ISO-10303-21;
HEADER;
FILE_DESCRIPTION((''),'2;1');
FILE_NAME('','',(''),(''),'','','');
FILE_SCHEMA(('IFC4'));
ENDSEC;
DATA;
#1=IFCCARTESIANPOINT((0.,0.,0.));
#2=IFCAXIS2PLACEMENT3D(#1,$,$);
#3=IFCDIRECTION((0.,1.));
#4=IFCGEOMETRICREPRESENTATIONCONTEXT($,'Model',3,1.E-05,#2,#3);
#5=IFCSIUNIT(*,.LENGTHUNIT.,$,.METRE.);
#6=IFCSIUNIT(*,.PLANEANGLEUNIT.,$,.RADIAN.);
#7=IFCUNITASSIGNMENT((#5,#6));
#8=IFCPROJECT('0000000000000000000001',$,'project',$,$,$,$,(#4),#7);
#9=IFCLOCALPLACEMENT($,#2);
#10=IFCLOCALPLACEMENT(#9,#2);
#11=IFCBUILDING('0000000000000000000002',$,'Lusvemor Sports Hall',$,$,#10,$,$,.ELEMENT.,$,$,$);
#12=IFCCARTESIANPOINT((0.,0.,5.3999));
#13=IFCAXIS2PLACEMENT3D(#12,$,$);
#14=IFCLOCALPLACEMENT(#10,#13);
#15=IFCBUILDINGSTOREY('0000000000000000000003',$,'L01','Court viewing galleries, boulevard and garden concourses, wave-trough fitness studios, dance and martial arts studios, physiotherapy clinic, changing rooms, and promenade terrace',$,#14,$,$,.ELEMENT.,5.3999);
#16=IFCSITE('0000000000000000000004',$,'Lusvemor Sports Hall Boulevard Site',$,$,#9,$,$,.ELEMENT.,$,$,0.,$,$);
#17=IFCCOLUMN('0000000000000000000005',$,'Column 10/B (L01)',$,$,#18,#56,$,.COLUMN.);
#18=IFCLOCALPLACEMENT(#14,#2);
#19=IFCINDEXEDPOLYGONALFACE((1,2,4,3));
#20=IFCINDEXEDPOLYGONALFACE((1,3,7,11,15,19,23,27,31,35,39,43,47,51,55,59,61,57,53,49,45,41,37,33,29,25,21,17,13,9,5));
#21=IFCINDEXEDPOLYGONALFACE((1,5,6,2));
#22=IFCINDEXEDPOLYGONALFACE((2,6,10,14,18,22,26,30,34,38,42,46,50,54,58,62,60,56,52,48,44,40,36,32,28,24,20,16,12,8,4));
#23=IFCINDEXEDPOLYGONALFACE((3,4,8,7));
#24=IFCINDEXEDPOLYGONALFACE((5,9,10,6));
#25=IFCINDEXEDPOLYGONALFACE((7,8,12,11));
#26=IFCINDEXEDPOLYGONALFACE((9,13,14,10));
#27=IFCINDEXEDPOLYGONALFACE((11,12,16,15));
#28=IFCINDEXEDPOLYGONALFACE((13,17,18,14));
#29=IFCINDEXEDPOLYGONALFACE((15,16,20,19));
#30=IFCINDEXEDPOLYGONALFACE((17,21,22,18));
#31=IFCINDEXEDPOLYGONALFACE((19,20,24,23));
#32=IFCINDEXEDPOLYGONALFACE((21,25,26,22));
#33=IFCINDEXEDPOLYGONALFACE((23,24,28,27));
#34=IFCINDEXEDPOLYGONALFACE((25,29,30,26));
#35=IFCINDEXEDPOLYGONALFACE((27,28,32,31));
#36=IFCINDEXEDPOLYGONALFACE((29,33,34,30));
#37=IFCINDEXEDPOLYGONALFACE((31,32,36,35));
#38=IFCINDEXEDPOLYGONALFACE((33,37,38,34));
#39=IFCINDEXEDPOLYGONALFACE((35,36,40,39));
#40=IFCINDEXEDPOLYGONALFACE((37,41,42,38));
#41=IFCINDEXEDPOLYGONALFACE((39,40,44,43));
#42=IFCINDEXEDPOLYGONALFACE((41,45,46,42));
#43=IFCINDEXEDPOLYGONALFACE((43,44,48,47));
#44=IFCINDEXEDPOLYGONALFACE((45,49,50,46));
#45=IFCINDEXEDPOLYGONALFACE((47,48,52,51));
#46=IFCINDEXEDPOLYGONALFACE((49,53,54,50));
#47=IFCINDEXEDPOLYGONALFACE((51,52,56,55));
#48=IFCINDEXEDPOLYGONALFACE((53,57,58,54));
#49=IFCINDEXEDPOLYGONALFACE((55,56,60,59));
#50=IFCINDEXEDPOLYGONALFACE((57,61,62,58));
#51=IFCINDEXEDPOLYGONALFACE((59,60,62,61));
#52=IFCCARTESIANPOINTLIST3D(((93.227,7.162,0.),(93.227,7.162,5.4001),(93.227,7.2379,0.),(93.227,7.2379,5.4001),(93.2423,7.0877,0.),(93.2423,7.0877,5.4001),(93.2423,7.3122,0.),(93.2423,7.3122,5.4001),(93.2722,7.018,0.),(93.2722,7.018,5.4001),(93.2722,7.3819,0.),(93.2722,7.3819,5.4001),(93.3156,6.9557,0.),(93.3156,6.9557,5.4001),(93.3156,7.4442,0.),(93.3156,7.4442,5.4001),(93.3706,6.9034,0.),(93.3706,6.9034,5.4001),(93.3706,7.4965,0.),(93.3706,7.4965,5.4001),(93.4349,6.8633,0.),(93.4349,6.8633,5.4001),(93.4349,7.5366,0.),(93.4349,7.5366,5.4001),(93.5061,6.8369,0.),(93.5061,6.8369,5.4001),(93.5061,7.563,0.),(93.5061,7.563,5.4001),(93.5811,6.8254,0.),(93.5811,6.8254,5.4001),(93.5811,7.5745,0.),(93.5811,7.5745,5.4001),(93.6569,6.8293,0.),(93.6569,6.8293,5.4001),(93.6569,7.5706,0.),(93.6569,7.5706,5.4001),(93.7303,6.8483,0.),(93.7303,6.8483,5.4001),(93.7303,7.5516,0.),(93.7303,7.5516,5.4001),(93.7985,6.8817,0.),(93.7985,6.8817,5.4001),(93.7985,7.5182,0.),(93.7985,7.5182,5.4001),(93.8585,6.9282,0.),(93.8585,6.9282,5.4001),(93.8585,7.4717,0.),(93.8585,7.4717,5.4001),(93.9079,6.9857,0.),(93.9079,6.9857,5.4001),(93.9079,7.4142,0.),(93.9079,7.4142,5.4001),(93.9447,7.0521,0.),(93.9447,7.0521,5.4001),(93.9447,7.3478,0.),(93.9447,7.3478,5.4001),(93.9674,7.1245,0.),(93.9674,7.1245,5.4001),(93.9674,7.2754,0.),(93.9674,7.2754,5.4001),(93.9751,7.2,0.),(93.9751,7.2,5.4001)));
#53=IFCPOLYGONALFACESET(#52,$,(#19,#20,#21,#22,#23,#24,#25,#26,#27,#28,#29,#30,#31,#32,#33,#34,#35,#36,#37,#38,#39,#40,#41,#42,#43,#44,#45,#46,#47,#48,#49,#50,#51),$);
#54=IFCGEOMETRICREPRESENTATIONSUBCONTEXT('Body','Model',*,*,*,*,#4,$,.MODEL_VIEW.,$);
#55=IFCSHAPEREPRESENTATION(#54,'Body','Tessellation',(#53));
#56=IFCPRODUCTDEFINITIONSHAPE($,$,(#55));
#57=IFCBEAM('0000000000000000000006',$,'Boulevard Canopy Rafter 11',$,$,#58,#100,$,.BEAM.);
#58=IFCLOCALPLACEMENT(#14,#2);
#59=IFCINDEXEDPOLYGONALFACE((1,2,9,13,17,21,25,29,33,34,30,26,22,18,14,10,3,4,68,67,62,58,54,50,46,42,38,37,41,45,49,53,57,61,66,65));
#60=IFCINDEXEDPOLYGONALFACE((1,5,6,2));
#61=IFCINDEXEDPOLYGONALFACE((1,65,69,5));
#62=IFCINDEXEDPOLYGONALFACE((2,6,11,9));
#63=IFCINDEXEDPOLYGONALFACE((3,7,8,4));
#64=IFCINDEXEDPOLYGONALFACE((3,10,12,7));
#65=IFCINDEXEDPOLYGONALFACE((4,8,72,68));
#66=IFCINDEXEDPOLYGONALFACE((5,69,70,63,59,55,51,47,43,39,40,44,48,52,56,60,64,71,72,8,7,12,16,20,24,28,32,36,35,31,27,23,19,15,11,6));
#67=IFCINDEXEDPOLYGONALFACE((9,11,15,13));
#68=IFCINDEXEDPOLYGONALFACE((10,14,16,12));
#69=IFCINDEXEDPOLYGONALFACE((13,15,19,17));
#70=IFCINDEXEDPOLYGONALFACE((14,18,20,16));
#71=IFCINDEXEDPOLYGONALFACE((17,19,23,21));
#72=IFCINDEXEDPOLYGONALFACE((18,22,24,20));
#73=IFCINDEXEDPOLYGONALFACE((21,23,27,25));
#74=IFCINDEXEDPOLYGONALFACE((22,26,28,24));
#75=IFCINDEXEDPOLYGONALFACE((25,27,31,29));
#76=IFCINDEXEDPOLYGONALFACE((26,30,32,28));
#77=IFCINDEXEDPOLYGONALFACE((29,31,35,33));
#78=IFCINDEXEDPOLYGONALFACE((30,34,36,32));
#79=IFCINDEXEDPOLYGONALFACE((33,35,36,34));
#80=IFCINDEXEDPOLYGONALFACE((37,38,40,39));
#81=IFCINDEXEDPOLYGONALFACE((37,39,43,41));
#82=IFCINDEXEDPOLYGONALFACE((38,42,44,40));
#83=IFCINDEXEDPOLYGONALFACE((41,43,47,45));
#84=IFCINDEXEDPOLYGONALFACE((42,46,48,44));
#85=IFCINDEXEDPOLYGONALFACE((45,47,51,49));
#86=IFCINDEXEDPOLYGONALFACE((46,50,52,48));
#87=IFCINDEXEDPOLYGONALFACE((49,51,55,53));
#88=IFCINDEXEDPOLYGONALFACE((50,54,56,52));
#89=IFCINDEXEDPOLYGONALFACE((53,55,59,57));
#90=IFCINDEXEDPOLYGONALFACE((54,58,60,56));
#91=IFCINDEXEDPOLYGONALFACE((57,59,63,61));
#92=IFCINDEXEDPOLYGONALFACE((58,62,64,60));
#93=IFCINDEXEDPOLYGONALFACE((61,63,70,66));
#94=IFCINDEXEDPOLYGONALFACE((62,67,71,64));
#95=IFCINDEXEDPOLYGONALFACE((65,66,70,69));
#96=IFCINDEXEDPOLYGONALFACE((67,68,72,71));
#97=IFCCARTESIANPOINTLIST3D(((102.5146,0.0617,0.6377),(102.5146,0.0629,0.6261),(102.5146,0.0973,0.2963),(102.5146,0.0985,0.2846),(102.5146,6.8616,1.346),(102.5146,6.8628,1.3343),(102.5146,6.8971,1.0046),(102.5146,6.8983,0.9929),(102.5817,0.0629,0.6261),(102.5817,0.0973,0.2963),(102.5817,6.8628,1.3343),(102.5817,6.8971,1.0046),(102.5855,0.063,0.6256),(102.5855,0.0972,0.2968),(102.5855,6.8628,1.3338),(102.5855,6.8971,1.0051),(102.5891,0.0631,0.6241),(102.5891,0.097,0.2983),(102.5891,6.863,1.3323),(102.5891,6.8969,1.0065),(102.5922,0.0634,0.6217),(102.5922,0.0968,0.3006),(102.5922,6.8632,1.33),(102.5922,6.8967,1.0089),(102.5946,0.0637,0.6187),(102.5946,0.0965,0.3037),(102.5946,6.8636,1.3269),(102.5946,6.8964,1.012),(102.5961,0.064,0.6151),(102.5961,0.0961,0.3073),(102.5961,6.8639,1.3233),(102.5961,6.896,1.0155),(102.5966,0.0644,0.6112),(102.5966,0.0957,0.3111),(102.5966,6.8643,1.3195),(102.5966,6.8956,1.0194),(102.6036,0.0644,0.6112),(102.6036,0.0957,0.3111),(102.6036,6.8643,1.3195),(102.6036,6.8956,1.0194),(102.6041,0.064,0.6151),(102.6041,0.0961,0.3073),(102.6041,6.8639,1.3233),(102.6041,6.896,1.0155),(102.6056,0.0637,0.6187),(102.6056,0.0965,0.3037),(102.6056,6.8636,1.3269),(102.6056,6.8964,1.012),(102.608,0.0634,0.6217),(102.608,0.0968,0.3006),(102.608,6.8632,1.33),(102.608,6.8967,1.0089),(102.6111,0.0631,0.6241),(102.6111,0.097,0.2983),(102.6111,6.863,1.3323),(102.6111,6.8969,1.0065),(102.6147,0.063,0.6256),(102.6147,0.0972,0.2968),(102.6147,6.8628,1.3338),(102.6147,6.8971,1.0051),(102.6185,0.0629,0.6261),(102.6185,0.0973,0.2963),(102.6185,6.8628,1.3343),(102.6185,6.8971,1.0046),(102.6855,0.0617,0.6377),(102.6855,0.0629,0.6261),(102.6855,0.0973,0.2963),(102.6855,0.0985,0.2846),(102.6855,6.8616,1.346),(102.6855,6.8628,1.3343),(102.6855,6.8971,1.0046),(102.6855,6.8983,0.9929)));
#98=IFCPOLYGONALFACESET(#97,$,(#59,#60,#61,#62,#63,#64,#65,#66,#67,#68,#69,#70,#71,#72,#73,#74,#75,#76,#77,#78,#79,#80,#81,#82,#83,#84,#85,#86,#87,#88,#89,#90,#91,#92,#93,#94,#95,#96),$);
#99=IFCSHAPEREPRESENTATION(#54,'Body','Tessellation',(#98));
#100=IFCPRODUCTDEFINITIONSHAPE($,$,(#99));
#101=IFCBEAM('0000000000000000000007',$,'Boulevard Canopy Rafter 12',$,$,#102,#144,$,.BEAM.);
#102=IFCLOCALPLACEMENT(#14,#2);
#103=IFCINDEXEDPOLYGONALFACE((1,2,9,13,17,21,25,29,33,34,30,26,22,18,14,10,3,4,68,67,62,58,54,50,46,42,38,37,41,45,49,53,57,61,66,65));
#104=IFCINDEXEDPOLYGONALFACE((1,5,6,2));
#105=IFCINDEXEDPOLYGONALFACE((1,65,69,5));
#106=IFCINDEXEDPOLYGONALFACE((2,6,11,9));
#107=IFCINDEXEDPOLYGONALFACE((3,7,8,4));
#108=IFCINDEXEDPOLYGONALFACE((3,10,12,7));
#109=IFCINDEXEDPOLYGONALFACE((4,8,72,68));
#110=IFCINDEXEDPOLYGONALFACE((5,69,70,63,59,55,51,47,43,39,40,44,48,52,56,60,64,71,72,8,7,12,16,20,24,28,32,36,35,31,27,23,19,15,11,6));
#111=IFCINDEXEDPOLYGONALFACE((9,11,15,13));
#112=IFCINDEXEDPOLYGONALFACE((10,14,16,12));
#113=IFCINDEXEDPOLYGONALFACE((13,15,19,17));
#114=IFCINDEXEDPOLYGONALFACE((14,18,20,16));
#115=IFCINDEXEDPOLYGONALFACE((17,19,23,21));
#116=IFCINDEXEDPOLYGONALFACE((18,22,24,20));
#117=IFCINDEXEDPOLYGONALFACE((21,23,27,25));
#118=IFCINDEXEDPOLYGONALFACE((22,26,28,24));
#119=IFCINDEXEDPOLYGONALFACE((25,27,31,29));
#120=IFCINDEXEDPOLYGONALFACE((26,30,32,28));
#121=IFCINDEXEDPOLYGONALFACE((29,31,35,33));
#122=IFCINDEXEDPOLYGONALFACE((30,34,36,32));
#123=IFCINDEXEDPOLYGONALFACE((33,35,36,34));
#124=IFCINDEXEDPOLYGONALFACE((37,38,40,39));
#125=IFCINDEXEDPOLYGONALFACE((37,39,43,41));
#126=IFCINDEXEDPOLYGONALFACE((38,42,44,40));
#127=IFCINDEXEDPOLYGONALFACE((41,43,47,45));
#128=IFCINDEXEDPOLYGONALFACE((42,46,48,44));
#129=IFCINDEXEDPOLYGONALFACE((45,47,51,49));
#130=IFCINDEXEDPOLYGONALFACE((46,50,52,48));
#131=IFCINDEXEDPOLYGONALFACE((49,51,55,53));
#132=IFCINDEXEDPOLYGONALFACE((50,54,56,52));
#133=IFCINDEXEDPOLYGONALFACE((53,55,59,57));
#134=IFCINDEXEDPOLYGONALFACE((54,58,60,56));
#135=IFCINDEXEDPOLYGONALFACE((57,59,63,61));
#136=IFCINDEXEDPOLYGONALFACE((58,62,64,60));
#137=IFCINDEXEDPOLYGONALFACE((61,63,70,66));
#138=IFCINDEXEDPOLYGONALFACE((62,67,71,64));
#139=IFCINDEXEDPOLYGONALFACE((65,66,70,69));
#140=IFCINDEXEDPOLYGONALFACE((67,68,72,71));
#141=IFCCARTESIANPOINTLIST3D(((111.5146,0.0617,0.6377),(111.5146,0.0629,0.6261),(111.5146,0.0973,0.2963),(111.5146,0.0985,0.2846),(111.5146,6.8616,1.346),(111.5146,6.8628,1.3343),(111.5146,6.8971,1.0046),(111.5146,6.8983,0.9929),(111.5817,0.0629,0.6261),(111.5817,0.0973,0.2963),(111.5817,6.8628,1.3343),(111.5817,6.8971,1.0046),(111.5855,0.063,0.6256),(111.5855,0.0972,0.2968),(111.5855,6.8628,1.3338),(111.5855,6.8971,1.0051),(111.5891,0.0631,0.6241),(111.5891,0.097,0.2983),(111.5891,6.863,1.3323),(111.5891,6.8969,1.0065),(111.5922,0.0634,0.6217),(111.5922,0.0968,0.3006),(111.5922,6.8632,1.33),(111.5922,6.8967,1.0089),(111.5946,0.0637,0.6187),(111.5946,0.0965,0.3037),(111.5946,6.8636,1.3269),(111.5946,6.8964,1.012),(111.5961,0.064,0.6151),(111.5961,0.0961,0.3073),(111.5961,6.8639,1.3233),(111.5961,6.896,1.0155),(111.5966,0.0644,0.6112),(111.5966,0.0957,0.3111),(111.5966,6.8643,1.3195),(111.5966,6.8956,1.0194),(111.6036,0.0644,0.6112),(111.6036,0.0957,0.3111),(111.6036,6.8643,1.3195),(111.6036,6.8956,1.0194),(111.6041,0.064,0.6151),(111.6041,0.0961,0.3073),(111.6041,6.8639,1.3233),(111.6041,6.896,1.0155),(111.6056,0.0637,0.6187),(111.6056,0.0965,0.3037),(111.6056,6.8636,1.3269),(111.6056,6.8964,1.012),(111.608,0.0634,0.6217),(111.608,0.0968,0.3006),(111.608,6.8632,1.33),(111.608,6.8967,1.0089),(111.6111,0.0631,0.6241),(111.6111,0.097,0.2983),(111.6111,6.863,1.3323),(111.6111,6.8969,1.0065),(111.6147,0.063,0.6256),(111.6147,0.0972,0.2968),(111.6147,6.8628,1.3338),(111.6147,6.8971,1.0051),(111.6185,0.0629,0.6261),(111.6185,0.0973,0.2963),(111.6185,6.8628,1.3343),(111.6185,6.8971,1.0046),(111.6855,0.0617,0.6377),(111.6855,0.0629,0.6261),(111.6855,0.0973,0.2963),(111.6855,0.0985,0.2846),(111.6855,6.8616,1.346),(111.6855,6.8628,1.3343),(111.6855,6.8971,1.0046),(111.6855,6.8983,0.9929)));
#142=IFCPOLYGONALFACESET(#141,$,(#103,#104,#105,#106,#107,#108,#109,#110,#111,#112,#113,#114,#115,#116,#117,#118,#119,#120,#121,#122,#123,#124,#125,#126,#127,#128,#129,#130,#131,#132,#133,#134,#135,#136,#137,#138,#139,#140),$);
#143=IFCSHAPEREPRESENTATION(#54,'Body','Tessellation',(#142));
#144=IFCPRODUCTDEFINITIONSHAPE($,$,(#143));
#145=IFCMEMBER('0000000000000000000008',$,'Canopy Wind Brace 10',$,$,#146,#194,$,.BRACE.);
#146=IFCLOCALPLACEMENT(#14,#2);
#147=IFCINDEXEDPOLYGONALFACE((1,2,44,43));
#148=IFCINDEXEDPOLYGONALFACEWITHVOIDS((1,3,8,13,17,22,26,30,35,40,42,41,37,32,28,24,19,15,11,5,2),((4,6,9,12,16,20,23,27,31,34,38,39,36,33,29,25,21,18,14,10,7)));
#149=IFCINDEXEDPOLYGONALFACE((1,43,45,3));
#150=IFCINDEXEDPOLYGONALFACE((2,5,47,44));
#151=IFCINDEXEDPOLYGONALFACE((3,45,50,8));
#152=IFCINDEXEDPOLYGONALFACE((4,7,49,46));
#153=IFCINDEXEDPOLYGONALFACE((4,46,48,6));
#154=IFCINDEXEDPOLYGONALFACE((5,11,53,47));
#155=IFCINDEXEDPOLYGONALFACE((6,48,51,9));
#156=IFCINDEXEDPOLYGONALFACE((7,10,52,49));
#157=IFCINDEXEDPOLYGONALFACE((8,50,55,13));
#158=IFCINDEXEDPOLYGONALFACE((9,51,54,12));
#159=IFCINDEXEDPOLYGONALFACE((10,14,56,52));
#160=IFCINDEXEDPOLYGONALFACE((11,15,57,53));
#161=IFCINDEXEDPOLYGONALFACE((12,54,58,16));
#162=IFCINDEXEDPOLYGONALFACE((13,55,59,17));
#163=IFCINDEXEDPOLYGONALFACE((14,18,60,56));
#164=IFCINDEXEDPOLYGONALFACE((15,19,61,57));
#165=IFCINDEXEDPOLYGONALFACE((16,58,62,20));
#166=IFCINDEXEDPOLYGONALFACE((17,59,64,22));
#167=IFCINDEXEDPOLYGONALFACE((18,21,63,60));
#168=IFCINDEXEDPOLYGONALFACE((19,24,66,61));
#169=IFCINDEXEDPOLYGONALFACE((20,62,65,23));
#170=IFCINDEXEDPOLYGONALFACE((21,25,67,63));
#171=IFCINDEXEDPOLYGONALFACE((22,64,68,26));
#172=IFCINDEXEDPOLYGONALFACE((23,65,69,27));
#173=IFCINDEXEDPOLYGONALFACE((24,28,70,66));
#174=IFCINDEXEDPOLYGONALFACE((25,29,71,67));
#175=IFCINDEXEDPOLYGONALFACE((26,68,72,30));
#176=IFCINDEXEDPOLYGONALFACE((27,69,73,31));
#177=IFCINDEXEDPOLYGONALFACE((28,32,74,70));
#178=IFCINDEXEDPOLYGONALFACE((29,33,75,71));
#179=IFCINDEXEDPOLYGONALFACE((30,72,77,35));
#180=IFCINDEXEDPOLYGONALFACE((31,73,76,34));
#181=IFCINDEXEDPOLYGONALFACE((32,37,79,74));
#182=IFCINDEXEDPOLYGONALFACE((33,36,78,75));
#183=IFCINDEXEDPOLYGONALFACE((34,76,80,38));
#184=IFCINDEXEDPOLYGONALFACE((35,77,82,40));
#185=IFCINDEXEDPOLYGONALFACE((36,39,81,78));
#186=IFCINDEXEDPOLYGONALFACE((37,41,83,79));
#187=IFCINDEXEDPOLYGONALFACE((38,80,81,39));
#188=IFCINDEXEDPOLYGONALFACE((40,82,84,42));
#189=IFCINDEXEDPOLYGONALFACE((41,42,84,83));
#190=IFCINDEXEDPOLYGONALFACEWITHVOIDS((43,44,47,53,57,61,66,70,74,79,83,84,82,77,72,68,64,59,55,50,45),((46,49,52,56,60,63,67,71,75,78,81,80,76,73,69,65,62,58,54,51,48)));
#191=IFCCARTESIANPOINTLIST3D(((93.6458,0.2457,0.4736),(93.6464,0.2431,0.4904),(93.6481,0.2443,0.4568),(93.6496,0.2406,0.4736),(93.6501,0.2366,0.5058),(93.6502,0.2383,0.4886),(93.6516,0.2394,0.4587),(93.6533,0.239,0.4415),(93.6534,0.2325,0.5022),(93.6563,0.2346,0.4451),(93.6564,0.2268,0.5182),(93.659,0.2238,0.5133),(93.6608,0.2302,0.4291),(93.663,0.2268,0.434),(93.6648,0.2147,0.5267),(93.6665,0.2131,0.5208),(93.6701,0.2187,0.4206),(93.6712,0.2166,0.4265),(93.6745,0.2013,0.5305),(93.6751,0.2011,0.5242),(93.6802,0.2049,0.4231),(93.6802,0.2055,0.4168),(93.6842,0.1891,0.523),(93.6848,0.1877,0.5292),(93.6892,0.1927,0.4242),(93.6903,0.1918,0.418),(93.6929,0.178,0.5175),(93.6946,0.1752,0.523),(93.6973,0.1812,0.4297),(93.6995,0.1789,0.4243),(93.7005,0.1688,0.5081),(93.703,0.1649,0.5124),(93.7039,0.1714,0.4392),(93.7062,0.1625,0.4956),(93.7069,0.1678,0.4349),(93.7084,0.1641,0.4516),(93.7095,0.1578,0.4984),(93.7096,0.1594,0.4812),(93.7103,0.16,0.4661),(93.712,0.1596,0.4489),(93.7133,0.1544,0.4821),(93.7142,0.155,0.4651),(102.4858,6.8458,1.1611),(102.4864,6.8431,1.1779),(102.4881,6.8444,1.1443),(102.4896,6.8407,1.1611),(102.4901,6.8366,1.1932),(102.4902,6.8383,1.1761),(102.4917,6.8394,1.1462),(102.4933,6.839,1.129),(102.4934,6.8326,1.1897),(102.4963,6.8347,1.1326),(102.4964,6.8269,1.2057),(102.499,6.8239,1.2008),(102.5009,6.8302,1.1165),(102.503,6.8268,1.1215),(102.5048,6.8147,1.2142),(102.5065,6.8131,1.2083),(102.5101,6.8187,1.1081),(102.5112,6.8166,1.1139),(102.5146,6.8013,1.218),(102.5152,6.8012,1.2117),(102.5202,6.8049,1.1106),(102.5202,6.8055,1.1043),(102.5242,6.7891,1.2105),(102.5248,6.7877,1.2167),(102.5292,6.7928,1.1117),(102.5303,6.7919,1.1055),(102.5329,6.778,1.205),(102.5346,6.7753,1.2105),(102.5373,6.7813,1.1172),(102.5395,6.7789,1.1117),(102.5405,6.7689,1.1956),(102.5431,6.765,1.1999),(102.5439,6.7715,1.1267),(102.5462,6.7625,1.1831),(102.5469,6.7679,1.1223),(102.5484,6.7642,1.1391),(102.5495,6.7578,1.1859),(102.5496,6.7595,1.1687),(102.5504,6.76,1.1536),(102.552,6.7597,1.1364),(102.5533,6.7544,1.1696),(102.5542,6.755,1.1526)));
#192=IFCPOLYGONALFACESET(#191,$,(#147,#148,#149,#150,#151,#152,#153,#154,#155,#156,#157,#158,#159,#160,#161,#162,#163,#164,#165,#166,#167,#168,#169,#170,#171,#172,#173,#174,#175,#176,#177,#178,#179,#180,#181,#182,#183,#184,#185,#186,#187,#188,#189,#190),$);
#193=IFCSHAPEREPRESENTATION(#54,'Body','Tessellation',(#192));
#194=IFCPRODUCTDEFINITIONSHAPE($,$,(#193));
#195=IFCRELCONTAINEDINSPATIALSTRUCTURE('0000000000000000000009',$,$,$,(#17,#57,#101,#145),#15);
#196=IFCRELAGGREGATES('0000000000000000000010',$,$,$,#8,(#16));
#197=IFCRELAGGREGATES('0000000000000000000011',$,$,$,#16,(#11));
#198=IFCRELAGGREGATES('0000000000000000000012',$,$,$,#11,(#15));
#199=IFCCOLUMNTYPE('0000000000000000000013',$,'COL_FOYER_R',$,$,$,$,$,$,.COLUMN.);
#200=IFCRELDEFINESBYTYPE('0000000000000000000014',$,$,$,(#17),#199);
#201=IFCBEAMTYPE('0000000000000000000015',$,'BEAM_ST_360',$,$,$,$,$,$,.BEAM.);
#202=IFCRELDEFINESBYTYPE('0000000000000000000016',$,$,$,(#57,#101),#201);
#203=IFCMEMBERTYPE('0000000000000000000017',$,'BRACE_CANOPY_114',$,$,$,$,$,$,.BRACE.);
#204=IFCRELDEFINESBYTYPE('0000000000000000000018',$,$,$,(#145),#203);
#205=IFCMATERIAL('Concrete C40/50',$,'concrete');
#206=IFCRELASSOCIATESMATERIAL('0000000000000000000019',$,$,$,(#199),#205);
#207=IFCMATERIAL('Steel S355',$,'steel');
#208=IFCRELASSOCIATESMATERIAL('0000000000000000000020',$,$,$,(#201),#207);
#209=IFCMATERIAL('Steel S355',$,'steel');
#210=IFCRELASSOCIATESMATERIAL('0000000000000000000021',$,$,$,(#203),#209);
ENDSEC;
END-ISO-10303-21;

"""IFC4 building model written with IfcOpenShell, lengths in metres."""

from ifc_helpers import new_model, si_unit, direction, frame, origin, origin_2d, place, context, subcontext, project, spatial, circle, hollow_circle, i_section, extrude, material, material_profile, profile_set, type_object, element, save


model = new_model("IFC4")

# Units and contexts
model_context = context("Model", 3, precision=1e-05, world=origin(), true_north=direction((0.0, 1.0)))
body_context = subcontext(model_context, "Body", "Model", "MODEL_VIEW")
ifc_project = project(units=[si_unit("LENGTHUNIT", "METRE"), si_unit("PLANEANGLEUNIT", "RADIAN")], contexts=[model_context])

# Site, building, storey
site_placement = place(None, origin())
site = spatial("IfcSite", under=ifc_project, at=site_placement, Name="Lusvemor Sports Hall Boulevard Site", CompositionType="ELEMENT", RefElevation=0.0)
building_placement = place(site_placement, origin())
building = spatial("IfcBuilding", under=site, at=building_placement, Name="Lusvemor Sports Hall", CompositionType="ELEMENT")
storey_placement = place(building_placement, frame((0.0, 0.0, 5.3999)))
storey = spatial("IfcBuildingStorey", under=building, at=storey_placement, Name="L01", Description="Court viewing galleries, boulevard and garden concourses, wave-trough fitness studios, dance and martial arts studios, physiotherapy clinic, changing rooms, and promenade terrace", CompositionType="ELEMENT", Elevation=5.3999)

# Column
ifc_material_1 = material(Name="Concrete C40/50", Category="concrete")
ifc_material_profile_1 = material_profile(ifc_material_1, circle(Radius=0.375, at=origin_2d()), Name="RCCIRC750")
ifc_profile_set_1 = profile_set([ifc_material_profile_1], Name="Concrete C40/50")
column_type = type_object("IfcColumnType", Name="COL_FOYER_R", PredefinedType="COLUMN", material=ifc_profile_set_1)
column_placement = place(storey_placement, frame((93.6001, 7.2, 0.0), z_axis=(0.0, 0.0, 1.0), x_axis=(1.0, 0.0, 0.0)))
element("IfcColumn", 1, at=column_placement, inside=storey, type_object=column_type, Name="Column 10/B (L01)", PredefinedType="COLUMN", context=body_context, shape_type="SweptSolid", body=[
    extrude(circle(Radius=0.375, at=origin_2d()), origin(), (0.0, 0.0, 1.0), 5.4001),
])

# Beams
ifc_material_2 = material(Name="Steel S355", Category="steel")
ifc_material_profile_2 = material_profile(ifc_material_2, i_section(OverallWidth=0.1709, OverallDepth=0.355, WebThickness=0.0071, FlangeThickness=0.0117, FilletRadius=0.0149, at=origin_2d()), Name="W360x51.0")
ifc_profile_set_2 = profile_set([ifc_material_profile_2], Name="Steel S355")
beam_type_1 = type_object("IfcBeamType", Name="BEAM_ST_360", PredefinedType="BEAM", material=ifc_profile_set_2)
for number, where, z_axis, x_axis, name in (
    (2, (102.6001, 0.0801, 0.4612), (0.0, 0.994619, 0.103597), (-1.0, 0.0, 0.0), "Boulevard Canopy Rafter 11"),
    (3, (111.6001, 0.0801, 0.4612), (0.0, 0.994619, 0.103597), (-1.0, 0.0, 0.0), "Boulevard Canopy Rafter 12"),
):
    element("IfcBeam", number, at=place(storey_placement, frame(where, z_axis=z_axis, x_axis=x_axis)), inside=storey, type_object=beam_type_1, Name=name, PredefinedType="BEAM", context=body_context, shape_type="SweptSolid", body=[
        extrude(i_section(OverallWidth=0.1709, OverallDepth=0.355, WebThickness=0.0071, FlangeThickness=0.0117, FilletRadius=0.0149, at=origin_2d()), origin(), (0.0, 0.0, 1.0), 6.8367),
    ])

# Member
ifc_material_3 = material(Name="Steel S355", Category="steel")
ifc_material_profile_3 = material_profile(ifc_material_3, hollow_circle(Radius=0.0571, WallThickness=0.0063, at=origin_2d()), Name="CHS114.3x6.3")
ifc_profile_set_3 = profile_set([ifc_material_profile_3], Name="Steel S355")
member_type_1 = type_object("IfcMemberType", Name="BRACE_CANOPY_114", PredefinedType="BRACE", material=ifc_profile_set_3)
for number, where, z_axis, x_axis, name in (
    (4, (93.6799, 0.2, 0.4736), (0.799751, 0.597102, 0.062197), (-0.59826, 0.801302, 0.0), "Canopy Wind Brace 10"),
):
    element("IfcMember", number, at=place(storey_placement, frame(where, z_axis=z_axis, x_axis=x_axis)), inside=storey, type_object=member_type_1, Name=name, PredefinedType="BRACE", context=body_context, shape_type="SweptSolid", body=[
        extrude(hollow_circle(Radius=0.0571, WallThickness=0.0063, at=origin_2d()), origin(), (0.0, 0.0, 1.0), 11.0535),
    ])

save(model, "model.ifc")
